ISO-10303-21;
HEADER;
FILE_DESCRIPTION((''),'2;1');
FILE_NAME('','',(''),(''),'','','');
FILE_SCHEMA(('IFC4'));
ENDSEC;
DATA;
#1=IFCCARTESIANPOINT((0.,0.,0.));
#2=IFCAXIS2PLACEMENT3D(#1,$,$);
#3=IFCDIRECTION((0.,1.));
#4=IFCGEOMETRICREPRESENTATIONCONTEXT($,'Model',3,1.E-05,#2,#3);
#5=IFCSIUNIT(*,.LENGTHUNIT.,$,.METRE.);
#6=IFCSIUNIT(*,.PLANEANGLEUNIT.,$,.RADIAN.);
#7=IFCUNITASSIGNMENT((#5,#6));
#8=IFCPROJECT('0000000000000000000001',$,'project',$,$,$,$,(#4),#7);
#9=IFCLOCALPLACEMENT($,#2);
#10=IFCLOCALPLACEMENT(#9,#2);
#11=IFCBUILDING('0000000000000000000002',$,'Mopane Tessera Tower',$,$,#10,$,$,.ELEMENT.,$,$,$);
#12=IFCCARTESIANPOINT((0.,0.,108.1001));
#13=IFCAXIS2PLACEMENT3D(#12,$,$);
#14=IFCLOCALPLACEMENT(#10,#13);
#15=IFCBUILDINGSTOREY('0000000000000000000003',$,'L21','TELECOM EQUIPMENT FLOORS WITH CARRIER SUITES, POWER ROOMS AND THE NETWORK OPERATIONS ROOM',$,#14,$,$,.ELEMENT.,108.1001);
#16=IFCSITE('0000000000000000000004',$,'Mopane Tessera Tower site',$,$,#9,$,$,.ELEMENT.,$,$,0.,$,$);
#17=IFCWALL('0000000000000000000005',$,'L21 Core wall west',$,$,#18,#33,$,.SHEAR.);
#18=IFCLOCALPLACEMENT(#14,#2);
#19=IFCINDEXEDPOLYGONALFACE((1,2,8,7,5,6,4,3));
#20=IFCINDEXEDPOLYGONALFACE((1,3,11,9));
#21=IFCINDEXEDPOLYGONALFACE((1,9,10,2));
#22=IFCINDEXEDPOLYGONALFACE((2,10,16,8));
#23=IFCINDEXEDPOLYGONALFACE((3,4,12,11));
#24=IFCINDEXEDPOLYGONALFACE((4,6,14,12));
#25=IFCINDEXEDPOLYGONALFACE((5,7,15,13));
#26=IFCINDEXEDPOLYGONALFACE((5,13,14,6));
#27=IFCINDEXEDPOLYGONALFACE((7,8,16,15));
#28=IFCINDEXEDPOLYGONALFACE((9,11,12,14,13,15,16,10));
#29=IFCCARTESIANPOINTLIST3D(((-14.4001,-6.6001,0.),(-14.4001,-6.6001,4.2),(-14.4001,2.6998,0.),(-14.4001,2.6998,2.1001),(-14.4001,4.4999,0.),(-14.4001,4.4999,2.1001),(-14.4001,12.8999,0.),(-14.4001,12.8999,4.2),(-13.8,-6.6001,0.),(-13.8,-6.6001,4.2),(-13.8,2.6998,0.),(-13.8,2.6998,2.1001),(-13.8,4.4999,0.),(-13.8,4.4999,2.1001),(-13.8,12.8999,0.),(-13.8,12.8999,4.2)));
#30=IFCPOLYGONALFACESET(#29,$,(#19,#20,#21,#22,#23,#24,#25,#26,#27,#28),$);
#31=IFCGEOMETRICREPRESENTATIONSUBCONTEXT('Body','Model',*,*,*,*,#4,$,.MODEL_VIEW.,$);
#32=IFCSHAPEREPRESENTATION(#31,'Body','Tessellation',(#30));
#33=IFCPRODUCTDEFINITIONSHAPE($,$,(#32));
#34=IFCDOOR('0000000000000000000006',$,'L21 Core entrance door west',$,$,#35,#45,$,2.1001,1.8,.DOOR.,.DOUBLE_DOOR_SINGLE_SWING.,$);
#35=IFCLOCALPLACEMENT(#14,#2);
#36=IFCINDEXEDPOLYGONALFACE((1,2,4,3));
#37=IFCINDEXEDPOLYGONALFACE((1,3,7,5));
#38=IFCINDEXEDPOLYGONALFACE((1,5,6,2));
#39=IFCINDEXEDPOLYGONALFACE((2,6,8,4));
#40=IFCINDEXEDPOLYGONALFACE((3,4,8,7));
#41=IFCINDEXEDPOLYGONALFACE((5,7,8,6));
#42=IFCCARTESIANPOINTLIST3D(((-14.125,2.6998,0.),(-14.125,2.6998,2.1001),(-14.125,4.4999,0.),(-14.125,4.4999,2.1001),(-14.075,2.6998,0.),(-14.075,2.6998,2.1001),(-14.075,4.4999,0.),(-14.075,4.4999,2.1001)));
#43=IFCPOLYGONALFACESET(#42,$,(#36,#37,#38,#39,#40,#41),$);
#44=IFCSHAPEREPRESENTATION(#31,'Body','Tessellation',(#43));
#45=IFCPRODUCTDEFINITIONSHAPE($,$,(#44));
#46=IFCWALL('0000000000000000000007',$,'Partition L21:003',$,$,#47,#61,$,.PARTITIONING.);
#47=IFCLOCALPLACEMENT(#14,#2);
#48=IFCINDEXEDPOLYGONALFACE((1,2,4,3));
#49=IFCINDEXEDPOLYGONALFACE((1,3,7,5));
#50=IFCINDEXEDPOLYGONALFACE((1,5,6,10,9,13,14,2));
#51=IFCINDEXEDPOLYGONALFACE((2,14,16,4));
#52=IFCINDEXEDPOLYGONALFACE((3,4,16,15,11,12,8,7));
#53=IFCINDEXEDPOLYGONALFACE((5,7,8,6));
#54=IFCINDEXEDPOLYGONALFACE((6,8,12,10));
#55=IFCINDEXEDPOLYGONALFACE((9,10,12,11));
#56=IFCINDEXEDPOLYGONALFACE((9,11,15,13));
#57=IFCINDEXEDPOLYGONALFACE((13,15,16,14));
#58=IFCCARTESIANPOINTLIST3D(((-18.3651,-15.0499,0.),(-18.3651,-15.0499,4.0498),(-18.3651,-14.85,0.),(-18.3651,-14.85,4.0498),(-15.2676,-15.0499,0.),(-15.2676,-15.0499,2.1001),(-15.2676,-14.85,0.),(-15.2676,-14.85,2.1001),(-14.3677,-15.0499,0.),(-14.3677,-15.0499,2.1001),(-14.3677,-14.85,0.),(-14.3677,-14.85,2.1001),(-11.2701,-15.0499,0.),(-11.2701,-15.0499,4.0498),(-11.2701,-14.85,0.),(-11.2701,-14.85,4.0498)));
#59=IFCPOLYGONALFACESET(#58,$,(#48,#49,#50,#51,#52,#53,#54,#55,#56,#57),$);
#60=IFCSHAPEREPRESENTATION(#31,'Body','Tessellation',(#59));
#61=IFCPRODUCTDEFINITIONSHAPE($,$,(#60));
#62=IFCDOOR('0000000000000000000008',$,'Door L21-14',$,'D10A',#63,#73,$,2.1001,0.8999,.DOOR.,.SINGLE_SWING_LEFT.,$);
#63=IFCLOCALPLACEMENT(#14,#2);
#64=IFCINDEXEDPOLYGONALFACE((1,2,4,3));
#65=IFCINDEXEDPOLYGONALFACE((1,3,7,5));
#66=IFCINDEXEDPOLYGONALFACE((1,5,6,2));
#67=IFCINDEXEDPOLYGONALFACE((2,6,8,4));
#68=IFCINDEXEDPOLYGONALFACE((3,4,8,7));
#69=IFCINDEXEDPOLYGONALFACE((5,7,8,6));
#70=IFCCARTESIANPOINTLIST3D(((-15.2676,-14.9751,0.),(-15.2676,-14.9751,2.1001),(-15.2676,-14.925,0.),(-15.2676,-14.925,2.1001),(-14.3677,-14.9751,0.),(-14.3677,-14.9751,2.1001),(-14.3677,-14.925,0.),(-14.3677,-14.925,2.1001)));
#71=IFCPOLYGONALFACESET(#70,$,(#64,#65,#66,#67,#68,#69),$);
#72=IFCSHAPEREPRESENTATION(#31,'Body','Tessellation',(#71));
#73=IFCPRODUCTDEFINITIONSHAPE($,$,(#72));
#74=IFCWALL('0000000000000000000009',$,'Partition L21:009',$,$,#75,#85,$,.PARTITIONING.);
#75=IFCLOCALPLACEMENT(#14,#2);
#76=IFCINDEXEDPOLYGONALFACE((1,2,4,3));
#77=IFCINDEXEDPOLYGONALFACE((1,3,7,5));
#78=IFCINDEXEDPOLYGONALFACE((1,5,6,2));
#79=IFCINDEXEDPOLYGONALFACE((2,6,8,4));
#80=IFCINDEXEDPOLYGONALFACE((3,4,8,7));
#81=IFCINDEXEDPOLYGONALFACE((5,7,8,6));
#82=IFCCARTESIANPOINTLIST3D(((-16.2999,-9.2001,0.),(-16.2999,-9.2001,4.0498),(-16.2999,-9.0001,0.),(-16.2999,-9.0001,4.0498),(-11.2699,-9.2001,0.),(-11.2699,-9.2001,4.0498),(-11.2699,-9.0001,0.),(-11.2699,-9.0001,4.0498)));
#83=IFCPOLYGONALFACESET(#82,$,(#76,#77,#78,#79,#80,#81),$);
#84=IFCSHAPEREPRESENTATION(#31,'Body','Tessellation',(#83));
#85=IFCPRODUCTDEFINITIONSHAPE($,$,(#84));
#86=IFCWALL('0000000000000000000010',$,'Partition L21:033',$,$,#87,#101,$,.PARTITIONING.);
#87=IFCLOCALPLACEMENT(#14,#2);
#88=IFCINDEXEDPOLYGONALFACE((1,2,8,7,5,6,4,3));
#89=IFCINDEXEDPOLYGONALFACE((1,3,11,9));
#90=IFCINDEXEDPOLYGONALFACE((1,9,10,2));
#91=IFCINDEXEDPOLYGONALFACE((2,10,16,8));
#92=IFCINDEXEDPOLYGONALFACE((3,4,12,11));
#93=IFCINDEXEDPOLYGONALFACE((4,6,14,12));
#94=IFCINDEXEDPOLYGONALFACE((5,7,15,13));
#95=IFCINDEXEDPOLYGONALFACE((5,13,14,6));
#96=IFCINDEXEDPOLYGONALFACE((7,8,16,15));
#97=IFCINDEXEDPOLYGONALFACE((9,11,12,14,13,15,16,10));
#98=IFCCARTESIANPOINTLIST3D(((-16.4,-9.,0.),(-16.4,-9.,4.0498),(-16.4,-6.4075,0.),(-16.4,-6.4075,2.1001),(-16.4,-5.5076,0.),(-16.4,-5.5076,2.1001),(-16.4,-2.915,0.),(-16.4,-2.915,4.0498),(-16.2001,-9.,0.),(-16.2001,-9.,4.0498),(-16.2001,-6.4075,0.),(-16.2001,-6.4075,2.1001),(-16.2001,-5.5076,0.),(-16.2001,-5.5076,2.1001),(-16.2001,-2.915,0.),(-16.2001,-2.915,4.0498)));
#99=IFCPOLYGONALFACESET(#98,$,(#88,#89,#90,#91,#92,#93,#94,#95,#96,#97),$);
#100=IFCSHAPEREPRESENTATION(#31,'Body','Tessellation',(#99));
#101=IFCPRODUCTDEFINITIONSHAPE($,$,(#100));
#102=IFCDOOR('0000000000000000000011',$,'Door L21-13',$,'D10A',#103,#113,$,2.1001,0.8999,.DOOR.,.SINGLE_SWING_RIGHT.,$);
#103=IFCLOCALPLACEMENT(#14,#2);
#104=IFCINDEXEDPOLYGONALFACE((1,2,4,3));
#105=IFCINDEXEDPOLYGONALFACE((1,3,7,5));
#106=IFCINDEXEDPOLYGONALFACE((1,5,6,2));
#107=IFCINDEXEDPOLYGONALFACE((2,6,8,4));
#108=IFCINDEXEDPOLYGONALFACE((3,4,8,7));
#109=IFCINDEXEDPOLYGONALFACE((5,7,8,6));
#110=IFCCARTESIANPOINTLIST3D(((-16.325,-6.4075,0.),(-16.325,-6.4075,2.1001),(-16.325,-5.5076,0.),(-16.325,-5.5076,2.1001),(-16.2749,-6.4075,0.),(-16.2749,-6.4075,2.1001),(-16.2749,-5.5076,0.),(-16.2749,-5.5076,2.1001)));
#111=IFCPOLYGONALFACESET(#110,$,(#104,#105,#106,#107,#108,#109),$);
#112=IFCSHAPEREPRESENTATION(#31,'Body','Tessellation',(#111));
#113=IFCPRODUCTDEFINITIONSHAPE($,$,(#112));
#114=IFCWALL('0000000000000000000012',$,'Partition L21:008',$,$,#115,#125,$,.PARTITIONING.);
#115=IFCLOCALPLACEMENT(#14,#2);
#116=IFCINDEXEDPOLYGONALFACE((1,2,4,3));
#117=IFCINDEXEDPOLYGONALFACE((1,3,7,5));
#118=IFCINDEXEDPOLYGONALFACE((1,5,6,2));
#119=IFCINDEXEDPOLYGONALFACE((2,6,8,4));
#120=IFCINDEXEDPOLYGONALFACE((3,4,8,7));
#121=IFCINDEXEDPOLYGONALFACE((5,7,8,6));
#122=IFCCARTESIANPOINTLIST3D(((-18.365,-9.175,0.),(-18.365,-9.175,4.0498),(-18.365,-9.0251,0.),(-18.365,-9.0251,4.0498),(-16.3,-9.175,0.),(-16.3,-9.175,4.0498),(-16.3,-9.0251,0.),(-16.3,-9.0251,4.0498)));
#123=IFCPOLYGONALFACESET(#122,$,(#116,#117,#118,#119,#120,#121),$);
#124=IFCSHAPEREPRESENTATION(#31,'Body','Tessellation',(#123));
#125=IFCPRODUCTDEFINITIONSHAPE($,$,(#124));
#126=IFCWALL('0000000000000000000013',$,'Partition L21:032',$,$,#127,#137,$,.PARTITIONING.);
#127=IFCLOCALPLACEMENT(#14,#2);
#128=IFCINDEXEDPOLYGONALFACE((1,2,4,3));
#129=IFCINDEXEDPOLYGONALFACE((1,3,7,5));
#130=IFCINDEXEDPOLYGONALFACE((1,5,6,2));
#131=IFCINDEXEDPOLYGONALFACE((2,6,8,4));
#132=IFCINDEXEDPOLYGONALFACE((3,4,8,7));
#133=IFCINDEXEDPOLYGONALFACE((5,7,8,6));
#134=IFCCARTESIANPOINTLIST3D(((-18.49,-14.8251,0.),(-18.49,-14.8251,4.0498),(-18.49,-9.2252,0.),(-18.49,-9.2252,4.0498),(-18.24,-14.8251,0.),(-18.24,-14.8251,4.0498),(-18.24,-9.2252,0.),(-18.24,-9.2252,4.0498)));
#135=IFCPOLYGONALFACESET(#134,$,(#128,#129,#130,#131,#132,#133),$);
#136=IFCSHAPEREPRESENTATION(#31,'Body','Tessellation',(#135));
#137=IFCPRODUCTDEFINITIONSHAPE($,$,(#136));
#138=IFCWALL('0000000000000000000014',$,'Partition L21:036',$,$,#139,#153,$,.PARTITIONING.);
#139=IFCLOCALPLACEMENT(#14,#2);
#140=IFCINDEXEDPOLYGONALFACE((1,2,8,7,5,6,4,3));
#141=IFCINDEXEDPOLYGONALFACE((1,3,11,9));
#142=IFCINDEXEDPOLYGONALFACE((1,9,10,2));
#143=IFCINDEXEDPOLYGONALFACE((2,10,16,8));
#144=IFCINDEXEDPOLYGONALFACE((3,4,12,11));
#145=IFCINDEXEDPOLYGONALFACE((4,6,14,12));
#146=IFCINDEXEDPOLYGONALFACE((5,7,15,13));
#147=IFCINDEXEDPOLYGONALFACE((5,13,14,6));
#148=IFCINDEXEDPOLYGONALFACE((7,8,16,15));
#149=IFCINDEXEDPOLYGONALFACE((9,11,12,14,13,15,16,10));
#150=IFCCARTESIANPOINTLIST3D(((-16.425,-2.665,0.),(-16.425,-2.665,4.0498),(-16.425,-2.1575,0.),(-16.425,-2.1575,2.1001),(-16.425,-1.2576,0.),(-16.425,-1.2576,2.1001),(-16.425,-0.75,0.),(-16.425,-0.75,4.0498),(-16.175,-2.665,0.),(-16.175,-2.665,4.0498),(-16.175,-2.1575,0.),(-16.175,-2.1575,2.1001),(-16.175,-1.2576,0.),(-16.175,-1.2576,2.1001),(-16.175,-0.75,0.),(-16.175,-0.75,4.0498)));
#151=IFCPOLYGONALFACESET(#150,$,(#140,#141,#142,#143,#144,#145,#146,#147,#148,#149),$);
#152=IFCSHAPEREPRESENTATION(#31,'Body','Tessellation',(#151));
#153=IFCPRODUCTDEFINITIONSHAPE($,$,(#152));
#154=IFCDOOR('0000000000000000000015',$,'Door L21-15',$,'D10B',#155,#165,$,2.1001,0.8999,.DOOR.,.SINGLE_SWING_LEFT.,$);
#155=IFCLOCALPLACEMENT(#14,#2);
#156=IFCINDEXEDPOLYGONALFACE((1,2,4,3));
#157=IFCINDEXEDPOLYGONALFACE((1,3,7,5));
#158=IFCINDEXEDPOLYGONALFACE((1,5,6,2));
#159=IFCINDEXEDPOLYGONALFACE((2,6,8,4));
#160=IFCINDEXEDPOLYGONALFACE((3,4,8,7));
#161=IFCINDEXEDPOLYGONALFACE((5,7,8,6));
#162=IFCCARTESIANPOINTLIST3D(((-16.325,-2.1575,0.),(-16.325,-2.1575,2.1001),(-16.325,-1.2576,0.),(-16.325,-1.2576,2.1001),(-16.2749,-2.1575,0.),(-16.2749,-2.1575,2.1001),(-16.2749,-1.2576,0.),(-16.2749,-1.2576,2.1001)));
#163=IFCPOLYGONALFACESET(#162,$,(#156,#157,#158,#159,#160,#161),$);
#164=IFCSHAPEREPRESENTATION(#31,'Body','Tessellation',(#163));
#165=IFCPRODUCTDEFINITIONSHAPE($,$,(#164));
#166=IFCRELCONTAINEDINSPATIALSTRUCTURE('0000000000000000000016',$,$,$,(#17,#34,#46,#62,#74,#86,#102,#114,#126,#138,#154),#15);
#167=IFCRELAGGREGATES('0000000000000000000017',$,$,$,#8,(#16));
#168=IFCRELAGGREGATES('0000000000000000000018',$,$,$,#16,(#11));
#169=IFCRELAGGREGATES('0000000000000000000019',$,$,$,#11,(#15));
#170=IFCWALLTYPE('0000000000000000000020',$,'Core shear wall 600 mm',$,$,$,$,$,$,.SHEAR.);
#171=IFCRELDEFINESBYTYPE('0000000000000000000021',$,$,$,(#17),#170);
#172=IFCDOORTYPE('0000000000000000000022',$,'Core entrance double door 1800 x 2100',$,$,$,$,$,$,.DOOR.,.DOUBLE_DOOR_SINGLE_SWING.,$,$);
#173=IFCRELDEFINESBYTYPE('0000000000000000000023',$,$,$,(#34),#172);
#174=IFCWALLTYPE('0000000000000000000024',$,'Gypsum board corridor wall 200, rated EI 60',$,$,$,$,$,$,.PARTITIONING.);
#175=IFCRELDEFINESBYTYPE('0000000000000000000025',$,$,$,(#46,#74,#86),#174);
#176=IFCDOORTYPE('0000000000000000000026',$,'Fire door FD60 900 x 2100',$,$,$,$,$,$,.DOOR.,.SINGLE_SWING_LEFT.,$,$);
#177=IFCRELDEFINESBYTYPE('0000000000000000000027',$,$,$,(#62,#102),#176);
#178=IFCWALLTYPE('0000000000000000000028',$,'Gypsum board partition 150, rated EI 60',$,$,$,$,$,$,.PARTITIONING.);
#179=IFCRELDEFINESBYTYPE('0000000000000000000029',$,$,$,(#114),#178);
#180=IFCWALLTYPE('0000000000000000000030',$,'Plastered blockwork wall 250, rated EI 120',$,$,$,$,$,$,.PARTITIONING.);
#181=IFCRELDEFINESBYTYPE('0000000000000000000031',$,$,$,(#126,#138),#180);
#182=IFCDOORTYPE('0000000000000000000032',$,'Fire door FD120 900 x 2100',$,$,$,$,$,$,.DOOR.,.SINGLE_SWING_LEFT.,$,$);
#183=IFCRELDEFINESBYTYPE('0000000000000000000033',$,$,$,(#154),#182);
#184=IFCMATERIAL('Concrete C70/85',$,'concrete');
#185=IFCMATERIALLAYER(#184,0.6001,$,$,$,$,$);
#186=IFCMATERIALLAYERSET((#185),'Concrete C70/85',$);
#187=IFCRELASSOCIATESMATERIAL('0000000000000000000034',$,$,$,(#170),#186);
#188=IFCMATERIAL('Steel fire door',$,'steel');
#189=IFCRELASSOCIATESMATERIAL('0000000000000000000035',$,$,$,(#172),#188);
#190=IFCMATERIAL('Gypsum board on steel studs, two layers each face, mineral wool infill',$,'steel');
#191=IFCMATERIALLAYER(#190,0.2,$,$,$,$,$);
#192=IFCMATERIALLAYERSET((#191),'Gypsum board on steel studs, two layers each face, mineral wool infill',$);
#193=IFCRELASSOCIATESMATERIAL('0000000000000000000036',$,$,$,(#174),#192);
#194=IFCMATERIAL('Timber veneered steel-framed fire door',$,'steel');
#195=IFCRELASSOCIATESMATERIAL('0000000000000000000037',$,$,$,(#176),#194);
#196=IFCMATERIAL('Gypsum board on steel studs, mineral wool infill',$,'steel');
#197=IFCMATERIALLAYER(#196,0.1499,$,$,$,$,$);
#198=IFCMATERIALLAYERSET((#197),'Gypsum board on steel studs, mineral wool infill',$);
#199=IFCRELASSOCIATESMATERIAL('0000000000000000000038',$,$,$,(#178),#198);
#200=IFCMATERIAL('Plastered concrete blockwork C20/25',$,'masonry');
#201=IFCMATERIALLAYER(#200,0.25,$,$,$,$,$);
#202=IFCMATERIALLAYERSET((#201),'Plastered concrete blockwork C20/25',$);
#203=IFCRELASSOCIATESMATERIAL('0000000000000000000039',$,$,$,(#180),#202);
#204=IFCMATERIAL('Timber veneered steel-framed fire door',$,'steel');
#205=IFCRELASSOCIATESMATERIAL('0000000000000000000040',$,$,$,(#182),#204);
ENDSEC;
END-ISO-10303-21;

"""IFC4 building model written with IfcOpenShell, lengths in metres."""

from ifc_helpers import new_model, si_unit, direction, frame, frame_2d, origin, place, context, subcontext, project, spatial, rectangle, extrude, material, layer, layer_set, type_object, element, fill, save


model = new_model("IFC4")

# Units and contexts
model_context = context("Model", 3, precision=1e-05, world=origin(), true_north=direction((0.0, 1.0)))
body_context = subcontext(model_context, "Body", "Model", "MODEL_VIEW")
ifc_project = project(units=[si_unit("LENGTHUNIT", "METRE"), si_unit("PLANEANGLEUNIT", "RADIAN")], contexts=[model_context])

# Site, building, storey
site_placement = place(None, origin())
site = spatial("IfcSite", under=ifc_project, at=site_placement, Name="Mopane Tessera Tower site", CompositionType="ELEMENT", RefElevation=0.0)
building_placement = place(site_placement, origin())
building = spatial("IfcBuilding", under=site, at=building_placement, Name="Mopane Tessera Tower", CompositionType="ELEMENT")
storey_placement = place(building_placement, frame((0.0, 0.0, 108.1001)))
storey = spatial("IfcBuildingStorey", under=building, at=storey_placement, Name="L21", Description="TELECOM EQUIPMENT FLOORS WITH CARRIER SUITES, POWER ROOMS AND THE NETWORK OPERATIONS ROOM", CompositionType="ELEMENT", Elevation=108.1001)

# Shared definitions
ifc_material_1 = material(Name="Concrete C70/85", Category="concrete")
ifc_layer_1 = layer(ifc_material_1, 0.6001)
ifc_layer_set_1 = layer_set([ifc_layer_1], Name="Concrete C70/85")
wall_type_1 = type_object("IfcWallType", Name="Core shear wall 600 mm", PredefinedType="SHEAR", material=ifc_layer_set_1)
ifc_material_2 = material(Name="Steel fire door", Category="steel")
door_type_1 = type_object("IfcDoorType", Name="Core entrance double door 1800 x 2100", OperationType="DOUBLE_DOOR_SINGLE_SWING", PredefinedType="DOOR", material=ifc_material_2)

# Walls, openings, doors
wall_1_placement = place(storey_placement, frame((-14.1001, -6.6001, 0.0), z_axis=(0.0, 0.0, 1.0), x_axis=(0.0, 1.0, 0.0)))
wall_1 = element("IfcWall", 1, at=wall_1_placement, inside=storey, type_object=wall_type_1, Name="L21 Core wall west", PredefinedType="SHEAR", context=body_context, shape_type="SweptSolid", body=[
    extrude(rectangle(XDim=19.5, YDim=0.6001, at=frame_2d((9.75, 0.0))), origin(), (0.0, 0.0, 1.0), 4.2),
])
opening_1_placement = place(wall_1_placement, frame((9.3, 0.0, 0.0)))
opening_1 = element("IfcOpeningElement", 2, at=opening_1_placement, cuts=wall_1, PredefinedType="OPENING", context=body_context, shape_type="SweptSolid", body=[
    extrude(rectangle(XDim=1.8, YDim=2.1001, at=frame_2d((0.8999, 1.05))), frame((0.0, 0.312, 0.0), z_axis=(0.0, -1.0, 0.0), x_axis=(1.0, 0.0, 0.0)), (0.0, 0.0, 1.0), 0.624),
])
door_1_placement = place(opening_1_placement, origin())
door_1 = element("IfcDoor", 3, at=door_1_placement, inside=storey, type_object=door_type_1, Name="L21 Core entrance door west", OperationType="DOUBLE_DOOR_SINGLE_SWING", OverallHeight=2.1001, OverallWidth=1.8, PredefinedType="DOOR", context=body_context, shape_type="SweptSolid", body=[
    extrude(rectangle(XDim=1.8, YDim=2.1001, at=frame_2d((0.8999, 1.05))), frame((0.0, 0.0249, 0.0), z_axis=(0.0, -1.0, 0.0), x_axis=(1.0, 0.0, 0.0)), (0.0, 0.0, 1.0), 0.05),
])
fill(opening_1, door_1)
ifc_material_3 = material(Name="Gypsum board on steel studs, two layers each face, mineral wool infill", Category="steel")
ifc_layer_2 = layer(ifc_material_3, 0.2)
ifc_layer_set_2 = layer_set([ifc_layer_2], Name="Gypsum board on steel studs, two layers each face, mineral wool infill")
wall_type_2 = type_object("IfcWallType", Name="Gypsum board corridor wall 200, rated EI 60", PredefinedType="PARTITIONING", material=ifc_layer_set_2)
wall_2_placement = place(storey_placement, frame((-18.365, -14.95, 0.0), z_axis=(0.0, 0.0, 1.0), x_axis=(1.0, 0.0, 0.0)))
wall_2 = element("IfcWall", 4, at=wall_2_placement, inside=storey, type_object=wall_type_2, Name="Partition L21:003", PredefinedType="PARTITIONING", context=body_context, shape_type="SweptSolid", body=[
    extrude(rectangle(XDim=7.095, YDim=0.2, at=frame_2d((3.5474, 0.0))), origin(), (0.0, 0.0, 1.0), 4.0498),
])
opening_2_placement = place(wall_2_placement, frame((3.0974, 0.0, 0.0)))
opening_2 = element("IfcOpeningElement", 5, at=opening_2_placement, cuts=wall_2, PredefinedType="OPENING", context=body_context, shape_type="SweptSolid", body=[
    extrude(rectangle(XDim=0.8999, YDim=2.1001, at=frame_2d((0.45, 1.05))), frame((0.0, 0.1121, 0.0), z_axis=(0.0, -1.0, 0.0), x_axis=(1.0, 0.0, 0.0)), (0.0, 0.0, 1.0), 0.2239),
])
ifc_material_4 = material(Name="Timber veneered steel-framed fire door", Category="steel")
door_type_2 = type_object("IfcDoorType", Name="Fire door FD60 900 x 2100", OperationType="SINGLE_SWING_LEFT", PredefinedType="DOOR", material=ifc_material_4)
door_2_placement = place(opening_2_placement, origin())
door_2 = element("IfcDoor", 6, at=door_2_placement, inside=storey, type_object=door_type_2, Name="Door L21-14", ObjectType="D10A", OperationType="SINGLE_SWING_LEFT", OverallHeight=2.1001, OverallWidth=0.8999, PredefinedType="DOOR", context=body_context, shape_type="SweptSolid", body=[
    extrude(rectangle(XDim=0.8999, YDim=2.1001, at=frame_2d((0.45, 1.05))), frame((0.0, 0.0249, 0.0), z_axis=(0.0, -1.0, 0.0), x_axis=(1.0, 0.0, 0.0)), (0.0, 0.0, 1.0), 0.05),
])
fill(opening_2, door_2)

# Wall
wall_3_placement = place(storey_placement, frame((-16.3, -9.1001, 0.0), z_axis=(0.0, 0.0, 1.0), x_axis=(1.0, 0.0, 0.0)))
element("IfcWall", 7, at=wall_3_placement, inside=storey, type_object=wall_type_2, Name="Partition L21:009", PredefinedType="PARTITIONING", context=body_context, shape_type="SweptSolid", body=[
    extrude(rectangle(XDim=5.03, YDim=0.2, at=frame_2d((2.5151, 0.0))), origin(), (0.0, 0.0, 1.0), 4.0498),
])

# Wall, opening, door
wall_4_placement = place(storey_placement, frame((-16.3, -9.0, 0.0), z_axis=(0.0, 0.0, 1.0), x_axis=(0.0, 1.0, 0.0)))
wall_4 = element("IfcWall", 8, at=wall_4_placement, inside=storey, type_object=wall_type_2, Name="Partition L21:033", PredefinedType="PARTITIONING", context=body_context, shape_type="SweptSolid", body=[
    extrude(rectangle(XDim=6.085, YDim=0.2, at=frame_2d((3.0425, 0.0))), origin(), (0.0, 0.0, 1.0), 4.0498),
])
opening_3_placement = place(wall_4_placement, frame((2.5925, 0.0, 0.0)))
opening_3 = element("IfcOpeningElement", 9, at=opening_3_placement, cuts=wall_4, PredefinedType="OPENING", context=body_context, shape_type="SweptSolid", body=[
    extrude(rectangle(XDim=0.8999, YDim=2.1001, at=frame_2d((0.45, 1.05))), frame((0.0, 0.1121, 0.0), z_axis=(0.0, -1.0, 0.0), x_axis=(1.0, 0.0, 0.0)), (0.0, 0.0, 1.0), 0.2239),
])
door_3_placement = place(opening_3_placement, origin())
door_3 = element("IfcDoor", 10, at=door_3_placement, inside=storey, type_object=door_type_2, Name="Door L21-13", ObjectType="D10A", OperationType="SINGLE_SWING_RIGHT", OverallHeight=2.1001, OverallWidth=0.8999, PredefinedType="DOOR", context=body_context, shape_type="SweptSolid", body=[
    extrude(rectangle(XDim=0.8999, YDim=2.1001, at=frame_2d((0.45, 1.05))), frame((0.0, 0.0249, 0.0), z_axis=(0.0, -1.0, 0.0), x_axis=(1.0, 0.0, 0.0)), (0.0, 0.0, 1.0), 0.05),
])
fill(opening_3, door_3)

# Walls
ifc_material_5 = material(Name="Gypsum board on steel studs, mineral wool infill", Category="steel")
ifc_layer_3 = layer(ifc_material_5, 0.1499)
ifc_layer_set_3 = layer_set([ifc_layer_3], Name="Gypsum board on steel studs, mineral wool infill")
wall_type_3 = type_object("IfcWallType", Name="Gypsum board partition 150, rated EI 60", PredefinedType="PARTITIONING", material=ifc_layer_set_3)
wall_5_placement = place(storey_placement, frame((-18.365, -9.1001, 0.0), z_axis=(0.0, 0.0, 1.0), x_axis=(1.0, 0.0, 0.0)))
element("IfcWall", 11, at=wall_5_placement, inside=storey, type_object=wall_type_3, Name="Partition L21:008", PredefinedType="PARTITIONING", context=body_context, shape_type="SweptSolid", body=[
    extrude(rectangle(XDim=2.0649, YDim=0.1499, at=frame_2d((1.0325, 0.0))), origin(), (0.0, 0.0, 1.0), 4.0498),
])
ifc_material_6 = material(Name="Plastered concrete blockwork C20/25", Category="masonry")
ifc_layer_4 = layer(ifc_material_6, 0.25)
ifc_layer_set_4 = layer_set([ifc_layer_4], Name="Plastered concrete blockwork C20/25")
wall_type_4 = type_object("IfcWallType", Name="Plastered blockwork wall 250, rated EI 120", PredefinedType="PARTITIONING", material=ifc_layer_set_4)
wall_6_placement = place(storey_placement, frame((-18.365, -14.825, 0.0), z_axis=(0.0, 0.0, 1.0), x_axis=(0.0, 1.0, 0.0)))
element("IfcWall", 12, at=wall_6_placement, inside=storey, type_object=wall_type_4, Name="Partition L21:032", PredefinedType="PARTITIONING", context=body_context, shape_type="SweptSolid", body=[
    extrude(rectangle(XDim=5.5999, YDim=0.25, at=frame_2d((2.7998, 0.0))), origin(), (0.0, 0.0, 1.0), 4.0498),
])

# Wall, opening, door
wall_7_placement = place(storey_placement, frame((-16.3, -2.665, 0.0), z_axis=(0.0, 0.0, 1.0), x_axis=(0.0, 1.0, 0.0)))
wall_7 = element("IfcWall", 13, at=wall_7_placement, inside=storey, type_object=wall_type_4, Name="Partition L21:036", PredefinedType="PARTITIONING", context=body_context, shape_type="SweptSolid", body=[
    extrude(rectangle(XDim=1.915, YDim=0.25, at=frame_2d((0.9575, 0.0))), origin(), (0.0, 0.0, 1.0), 4.0498),
])
opening_4_placement = place(wall_7_placement, frame((0.5076, 0.0, 0.0)))
opening_4 = element("IfcOpeningElement", 14, at=opening_4_placement, cuts=wall_7, PredefinedType="OPENING", context=body_context, shape_type="SweptSolid", body=[
    extrude(rectangle(XDim=0.8999, YDim=2.1001, at=frame_2d((0.45, 1.05))), frame((0.0, 0.137, 0.0), z_axis=(0.0, -1.0, 0.0), x_axis=(1.0, 0.0, 0.0)), (0.0, 0.0, 1.0), 0.2739),
])
ifc_material_7 = material(Name="Timber veneered steel-framed fire door", Category="steel")
door_type_3 = type_object("IfcDoorType", Name="Fire door FD120 900 x 2100", OperationType="SINGLE_SWING_LEFT", PredefinedType="DOOR", material=ifc_material_7)
door_4_placement = place(opening_4_placement, origin())
door_4 = element("IfcDoor", 15, at=door_4_placement, inside=storey, type_object=door_type_3, Name="Door L21-15", ObjectType="D10B", OperationType="SINGLE_SWING_LEFT", OverallHeight=2.1001, OverallWidth=0.8999, PredefinedType="DOOR", context=body_context, shape_type="SweptSolid", body=[
    extrude(rectangle(XDim=0.8999, YDim=2.1001, at=frame_2d((0.45, 1.05))), frame((0.0, 0.0249, 0.0), z_axis=(0.0, -1.0, 0.0), x_axis=(1.0, 0.0, 0.0)), (0.0, 0.0, 1.0), 0.05),
])
fill(opening_4, door_4)

save(model, "model.ifc")
